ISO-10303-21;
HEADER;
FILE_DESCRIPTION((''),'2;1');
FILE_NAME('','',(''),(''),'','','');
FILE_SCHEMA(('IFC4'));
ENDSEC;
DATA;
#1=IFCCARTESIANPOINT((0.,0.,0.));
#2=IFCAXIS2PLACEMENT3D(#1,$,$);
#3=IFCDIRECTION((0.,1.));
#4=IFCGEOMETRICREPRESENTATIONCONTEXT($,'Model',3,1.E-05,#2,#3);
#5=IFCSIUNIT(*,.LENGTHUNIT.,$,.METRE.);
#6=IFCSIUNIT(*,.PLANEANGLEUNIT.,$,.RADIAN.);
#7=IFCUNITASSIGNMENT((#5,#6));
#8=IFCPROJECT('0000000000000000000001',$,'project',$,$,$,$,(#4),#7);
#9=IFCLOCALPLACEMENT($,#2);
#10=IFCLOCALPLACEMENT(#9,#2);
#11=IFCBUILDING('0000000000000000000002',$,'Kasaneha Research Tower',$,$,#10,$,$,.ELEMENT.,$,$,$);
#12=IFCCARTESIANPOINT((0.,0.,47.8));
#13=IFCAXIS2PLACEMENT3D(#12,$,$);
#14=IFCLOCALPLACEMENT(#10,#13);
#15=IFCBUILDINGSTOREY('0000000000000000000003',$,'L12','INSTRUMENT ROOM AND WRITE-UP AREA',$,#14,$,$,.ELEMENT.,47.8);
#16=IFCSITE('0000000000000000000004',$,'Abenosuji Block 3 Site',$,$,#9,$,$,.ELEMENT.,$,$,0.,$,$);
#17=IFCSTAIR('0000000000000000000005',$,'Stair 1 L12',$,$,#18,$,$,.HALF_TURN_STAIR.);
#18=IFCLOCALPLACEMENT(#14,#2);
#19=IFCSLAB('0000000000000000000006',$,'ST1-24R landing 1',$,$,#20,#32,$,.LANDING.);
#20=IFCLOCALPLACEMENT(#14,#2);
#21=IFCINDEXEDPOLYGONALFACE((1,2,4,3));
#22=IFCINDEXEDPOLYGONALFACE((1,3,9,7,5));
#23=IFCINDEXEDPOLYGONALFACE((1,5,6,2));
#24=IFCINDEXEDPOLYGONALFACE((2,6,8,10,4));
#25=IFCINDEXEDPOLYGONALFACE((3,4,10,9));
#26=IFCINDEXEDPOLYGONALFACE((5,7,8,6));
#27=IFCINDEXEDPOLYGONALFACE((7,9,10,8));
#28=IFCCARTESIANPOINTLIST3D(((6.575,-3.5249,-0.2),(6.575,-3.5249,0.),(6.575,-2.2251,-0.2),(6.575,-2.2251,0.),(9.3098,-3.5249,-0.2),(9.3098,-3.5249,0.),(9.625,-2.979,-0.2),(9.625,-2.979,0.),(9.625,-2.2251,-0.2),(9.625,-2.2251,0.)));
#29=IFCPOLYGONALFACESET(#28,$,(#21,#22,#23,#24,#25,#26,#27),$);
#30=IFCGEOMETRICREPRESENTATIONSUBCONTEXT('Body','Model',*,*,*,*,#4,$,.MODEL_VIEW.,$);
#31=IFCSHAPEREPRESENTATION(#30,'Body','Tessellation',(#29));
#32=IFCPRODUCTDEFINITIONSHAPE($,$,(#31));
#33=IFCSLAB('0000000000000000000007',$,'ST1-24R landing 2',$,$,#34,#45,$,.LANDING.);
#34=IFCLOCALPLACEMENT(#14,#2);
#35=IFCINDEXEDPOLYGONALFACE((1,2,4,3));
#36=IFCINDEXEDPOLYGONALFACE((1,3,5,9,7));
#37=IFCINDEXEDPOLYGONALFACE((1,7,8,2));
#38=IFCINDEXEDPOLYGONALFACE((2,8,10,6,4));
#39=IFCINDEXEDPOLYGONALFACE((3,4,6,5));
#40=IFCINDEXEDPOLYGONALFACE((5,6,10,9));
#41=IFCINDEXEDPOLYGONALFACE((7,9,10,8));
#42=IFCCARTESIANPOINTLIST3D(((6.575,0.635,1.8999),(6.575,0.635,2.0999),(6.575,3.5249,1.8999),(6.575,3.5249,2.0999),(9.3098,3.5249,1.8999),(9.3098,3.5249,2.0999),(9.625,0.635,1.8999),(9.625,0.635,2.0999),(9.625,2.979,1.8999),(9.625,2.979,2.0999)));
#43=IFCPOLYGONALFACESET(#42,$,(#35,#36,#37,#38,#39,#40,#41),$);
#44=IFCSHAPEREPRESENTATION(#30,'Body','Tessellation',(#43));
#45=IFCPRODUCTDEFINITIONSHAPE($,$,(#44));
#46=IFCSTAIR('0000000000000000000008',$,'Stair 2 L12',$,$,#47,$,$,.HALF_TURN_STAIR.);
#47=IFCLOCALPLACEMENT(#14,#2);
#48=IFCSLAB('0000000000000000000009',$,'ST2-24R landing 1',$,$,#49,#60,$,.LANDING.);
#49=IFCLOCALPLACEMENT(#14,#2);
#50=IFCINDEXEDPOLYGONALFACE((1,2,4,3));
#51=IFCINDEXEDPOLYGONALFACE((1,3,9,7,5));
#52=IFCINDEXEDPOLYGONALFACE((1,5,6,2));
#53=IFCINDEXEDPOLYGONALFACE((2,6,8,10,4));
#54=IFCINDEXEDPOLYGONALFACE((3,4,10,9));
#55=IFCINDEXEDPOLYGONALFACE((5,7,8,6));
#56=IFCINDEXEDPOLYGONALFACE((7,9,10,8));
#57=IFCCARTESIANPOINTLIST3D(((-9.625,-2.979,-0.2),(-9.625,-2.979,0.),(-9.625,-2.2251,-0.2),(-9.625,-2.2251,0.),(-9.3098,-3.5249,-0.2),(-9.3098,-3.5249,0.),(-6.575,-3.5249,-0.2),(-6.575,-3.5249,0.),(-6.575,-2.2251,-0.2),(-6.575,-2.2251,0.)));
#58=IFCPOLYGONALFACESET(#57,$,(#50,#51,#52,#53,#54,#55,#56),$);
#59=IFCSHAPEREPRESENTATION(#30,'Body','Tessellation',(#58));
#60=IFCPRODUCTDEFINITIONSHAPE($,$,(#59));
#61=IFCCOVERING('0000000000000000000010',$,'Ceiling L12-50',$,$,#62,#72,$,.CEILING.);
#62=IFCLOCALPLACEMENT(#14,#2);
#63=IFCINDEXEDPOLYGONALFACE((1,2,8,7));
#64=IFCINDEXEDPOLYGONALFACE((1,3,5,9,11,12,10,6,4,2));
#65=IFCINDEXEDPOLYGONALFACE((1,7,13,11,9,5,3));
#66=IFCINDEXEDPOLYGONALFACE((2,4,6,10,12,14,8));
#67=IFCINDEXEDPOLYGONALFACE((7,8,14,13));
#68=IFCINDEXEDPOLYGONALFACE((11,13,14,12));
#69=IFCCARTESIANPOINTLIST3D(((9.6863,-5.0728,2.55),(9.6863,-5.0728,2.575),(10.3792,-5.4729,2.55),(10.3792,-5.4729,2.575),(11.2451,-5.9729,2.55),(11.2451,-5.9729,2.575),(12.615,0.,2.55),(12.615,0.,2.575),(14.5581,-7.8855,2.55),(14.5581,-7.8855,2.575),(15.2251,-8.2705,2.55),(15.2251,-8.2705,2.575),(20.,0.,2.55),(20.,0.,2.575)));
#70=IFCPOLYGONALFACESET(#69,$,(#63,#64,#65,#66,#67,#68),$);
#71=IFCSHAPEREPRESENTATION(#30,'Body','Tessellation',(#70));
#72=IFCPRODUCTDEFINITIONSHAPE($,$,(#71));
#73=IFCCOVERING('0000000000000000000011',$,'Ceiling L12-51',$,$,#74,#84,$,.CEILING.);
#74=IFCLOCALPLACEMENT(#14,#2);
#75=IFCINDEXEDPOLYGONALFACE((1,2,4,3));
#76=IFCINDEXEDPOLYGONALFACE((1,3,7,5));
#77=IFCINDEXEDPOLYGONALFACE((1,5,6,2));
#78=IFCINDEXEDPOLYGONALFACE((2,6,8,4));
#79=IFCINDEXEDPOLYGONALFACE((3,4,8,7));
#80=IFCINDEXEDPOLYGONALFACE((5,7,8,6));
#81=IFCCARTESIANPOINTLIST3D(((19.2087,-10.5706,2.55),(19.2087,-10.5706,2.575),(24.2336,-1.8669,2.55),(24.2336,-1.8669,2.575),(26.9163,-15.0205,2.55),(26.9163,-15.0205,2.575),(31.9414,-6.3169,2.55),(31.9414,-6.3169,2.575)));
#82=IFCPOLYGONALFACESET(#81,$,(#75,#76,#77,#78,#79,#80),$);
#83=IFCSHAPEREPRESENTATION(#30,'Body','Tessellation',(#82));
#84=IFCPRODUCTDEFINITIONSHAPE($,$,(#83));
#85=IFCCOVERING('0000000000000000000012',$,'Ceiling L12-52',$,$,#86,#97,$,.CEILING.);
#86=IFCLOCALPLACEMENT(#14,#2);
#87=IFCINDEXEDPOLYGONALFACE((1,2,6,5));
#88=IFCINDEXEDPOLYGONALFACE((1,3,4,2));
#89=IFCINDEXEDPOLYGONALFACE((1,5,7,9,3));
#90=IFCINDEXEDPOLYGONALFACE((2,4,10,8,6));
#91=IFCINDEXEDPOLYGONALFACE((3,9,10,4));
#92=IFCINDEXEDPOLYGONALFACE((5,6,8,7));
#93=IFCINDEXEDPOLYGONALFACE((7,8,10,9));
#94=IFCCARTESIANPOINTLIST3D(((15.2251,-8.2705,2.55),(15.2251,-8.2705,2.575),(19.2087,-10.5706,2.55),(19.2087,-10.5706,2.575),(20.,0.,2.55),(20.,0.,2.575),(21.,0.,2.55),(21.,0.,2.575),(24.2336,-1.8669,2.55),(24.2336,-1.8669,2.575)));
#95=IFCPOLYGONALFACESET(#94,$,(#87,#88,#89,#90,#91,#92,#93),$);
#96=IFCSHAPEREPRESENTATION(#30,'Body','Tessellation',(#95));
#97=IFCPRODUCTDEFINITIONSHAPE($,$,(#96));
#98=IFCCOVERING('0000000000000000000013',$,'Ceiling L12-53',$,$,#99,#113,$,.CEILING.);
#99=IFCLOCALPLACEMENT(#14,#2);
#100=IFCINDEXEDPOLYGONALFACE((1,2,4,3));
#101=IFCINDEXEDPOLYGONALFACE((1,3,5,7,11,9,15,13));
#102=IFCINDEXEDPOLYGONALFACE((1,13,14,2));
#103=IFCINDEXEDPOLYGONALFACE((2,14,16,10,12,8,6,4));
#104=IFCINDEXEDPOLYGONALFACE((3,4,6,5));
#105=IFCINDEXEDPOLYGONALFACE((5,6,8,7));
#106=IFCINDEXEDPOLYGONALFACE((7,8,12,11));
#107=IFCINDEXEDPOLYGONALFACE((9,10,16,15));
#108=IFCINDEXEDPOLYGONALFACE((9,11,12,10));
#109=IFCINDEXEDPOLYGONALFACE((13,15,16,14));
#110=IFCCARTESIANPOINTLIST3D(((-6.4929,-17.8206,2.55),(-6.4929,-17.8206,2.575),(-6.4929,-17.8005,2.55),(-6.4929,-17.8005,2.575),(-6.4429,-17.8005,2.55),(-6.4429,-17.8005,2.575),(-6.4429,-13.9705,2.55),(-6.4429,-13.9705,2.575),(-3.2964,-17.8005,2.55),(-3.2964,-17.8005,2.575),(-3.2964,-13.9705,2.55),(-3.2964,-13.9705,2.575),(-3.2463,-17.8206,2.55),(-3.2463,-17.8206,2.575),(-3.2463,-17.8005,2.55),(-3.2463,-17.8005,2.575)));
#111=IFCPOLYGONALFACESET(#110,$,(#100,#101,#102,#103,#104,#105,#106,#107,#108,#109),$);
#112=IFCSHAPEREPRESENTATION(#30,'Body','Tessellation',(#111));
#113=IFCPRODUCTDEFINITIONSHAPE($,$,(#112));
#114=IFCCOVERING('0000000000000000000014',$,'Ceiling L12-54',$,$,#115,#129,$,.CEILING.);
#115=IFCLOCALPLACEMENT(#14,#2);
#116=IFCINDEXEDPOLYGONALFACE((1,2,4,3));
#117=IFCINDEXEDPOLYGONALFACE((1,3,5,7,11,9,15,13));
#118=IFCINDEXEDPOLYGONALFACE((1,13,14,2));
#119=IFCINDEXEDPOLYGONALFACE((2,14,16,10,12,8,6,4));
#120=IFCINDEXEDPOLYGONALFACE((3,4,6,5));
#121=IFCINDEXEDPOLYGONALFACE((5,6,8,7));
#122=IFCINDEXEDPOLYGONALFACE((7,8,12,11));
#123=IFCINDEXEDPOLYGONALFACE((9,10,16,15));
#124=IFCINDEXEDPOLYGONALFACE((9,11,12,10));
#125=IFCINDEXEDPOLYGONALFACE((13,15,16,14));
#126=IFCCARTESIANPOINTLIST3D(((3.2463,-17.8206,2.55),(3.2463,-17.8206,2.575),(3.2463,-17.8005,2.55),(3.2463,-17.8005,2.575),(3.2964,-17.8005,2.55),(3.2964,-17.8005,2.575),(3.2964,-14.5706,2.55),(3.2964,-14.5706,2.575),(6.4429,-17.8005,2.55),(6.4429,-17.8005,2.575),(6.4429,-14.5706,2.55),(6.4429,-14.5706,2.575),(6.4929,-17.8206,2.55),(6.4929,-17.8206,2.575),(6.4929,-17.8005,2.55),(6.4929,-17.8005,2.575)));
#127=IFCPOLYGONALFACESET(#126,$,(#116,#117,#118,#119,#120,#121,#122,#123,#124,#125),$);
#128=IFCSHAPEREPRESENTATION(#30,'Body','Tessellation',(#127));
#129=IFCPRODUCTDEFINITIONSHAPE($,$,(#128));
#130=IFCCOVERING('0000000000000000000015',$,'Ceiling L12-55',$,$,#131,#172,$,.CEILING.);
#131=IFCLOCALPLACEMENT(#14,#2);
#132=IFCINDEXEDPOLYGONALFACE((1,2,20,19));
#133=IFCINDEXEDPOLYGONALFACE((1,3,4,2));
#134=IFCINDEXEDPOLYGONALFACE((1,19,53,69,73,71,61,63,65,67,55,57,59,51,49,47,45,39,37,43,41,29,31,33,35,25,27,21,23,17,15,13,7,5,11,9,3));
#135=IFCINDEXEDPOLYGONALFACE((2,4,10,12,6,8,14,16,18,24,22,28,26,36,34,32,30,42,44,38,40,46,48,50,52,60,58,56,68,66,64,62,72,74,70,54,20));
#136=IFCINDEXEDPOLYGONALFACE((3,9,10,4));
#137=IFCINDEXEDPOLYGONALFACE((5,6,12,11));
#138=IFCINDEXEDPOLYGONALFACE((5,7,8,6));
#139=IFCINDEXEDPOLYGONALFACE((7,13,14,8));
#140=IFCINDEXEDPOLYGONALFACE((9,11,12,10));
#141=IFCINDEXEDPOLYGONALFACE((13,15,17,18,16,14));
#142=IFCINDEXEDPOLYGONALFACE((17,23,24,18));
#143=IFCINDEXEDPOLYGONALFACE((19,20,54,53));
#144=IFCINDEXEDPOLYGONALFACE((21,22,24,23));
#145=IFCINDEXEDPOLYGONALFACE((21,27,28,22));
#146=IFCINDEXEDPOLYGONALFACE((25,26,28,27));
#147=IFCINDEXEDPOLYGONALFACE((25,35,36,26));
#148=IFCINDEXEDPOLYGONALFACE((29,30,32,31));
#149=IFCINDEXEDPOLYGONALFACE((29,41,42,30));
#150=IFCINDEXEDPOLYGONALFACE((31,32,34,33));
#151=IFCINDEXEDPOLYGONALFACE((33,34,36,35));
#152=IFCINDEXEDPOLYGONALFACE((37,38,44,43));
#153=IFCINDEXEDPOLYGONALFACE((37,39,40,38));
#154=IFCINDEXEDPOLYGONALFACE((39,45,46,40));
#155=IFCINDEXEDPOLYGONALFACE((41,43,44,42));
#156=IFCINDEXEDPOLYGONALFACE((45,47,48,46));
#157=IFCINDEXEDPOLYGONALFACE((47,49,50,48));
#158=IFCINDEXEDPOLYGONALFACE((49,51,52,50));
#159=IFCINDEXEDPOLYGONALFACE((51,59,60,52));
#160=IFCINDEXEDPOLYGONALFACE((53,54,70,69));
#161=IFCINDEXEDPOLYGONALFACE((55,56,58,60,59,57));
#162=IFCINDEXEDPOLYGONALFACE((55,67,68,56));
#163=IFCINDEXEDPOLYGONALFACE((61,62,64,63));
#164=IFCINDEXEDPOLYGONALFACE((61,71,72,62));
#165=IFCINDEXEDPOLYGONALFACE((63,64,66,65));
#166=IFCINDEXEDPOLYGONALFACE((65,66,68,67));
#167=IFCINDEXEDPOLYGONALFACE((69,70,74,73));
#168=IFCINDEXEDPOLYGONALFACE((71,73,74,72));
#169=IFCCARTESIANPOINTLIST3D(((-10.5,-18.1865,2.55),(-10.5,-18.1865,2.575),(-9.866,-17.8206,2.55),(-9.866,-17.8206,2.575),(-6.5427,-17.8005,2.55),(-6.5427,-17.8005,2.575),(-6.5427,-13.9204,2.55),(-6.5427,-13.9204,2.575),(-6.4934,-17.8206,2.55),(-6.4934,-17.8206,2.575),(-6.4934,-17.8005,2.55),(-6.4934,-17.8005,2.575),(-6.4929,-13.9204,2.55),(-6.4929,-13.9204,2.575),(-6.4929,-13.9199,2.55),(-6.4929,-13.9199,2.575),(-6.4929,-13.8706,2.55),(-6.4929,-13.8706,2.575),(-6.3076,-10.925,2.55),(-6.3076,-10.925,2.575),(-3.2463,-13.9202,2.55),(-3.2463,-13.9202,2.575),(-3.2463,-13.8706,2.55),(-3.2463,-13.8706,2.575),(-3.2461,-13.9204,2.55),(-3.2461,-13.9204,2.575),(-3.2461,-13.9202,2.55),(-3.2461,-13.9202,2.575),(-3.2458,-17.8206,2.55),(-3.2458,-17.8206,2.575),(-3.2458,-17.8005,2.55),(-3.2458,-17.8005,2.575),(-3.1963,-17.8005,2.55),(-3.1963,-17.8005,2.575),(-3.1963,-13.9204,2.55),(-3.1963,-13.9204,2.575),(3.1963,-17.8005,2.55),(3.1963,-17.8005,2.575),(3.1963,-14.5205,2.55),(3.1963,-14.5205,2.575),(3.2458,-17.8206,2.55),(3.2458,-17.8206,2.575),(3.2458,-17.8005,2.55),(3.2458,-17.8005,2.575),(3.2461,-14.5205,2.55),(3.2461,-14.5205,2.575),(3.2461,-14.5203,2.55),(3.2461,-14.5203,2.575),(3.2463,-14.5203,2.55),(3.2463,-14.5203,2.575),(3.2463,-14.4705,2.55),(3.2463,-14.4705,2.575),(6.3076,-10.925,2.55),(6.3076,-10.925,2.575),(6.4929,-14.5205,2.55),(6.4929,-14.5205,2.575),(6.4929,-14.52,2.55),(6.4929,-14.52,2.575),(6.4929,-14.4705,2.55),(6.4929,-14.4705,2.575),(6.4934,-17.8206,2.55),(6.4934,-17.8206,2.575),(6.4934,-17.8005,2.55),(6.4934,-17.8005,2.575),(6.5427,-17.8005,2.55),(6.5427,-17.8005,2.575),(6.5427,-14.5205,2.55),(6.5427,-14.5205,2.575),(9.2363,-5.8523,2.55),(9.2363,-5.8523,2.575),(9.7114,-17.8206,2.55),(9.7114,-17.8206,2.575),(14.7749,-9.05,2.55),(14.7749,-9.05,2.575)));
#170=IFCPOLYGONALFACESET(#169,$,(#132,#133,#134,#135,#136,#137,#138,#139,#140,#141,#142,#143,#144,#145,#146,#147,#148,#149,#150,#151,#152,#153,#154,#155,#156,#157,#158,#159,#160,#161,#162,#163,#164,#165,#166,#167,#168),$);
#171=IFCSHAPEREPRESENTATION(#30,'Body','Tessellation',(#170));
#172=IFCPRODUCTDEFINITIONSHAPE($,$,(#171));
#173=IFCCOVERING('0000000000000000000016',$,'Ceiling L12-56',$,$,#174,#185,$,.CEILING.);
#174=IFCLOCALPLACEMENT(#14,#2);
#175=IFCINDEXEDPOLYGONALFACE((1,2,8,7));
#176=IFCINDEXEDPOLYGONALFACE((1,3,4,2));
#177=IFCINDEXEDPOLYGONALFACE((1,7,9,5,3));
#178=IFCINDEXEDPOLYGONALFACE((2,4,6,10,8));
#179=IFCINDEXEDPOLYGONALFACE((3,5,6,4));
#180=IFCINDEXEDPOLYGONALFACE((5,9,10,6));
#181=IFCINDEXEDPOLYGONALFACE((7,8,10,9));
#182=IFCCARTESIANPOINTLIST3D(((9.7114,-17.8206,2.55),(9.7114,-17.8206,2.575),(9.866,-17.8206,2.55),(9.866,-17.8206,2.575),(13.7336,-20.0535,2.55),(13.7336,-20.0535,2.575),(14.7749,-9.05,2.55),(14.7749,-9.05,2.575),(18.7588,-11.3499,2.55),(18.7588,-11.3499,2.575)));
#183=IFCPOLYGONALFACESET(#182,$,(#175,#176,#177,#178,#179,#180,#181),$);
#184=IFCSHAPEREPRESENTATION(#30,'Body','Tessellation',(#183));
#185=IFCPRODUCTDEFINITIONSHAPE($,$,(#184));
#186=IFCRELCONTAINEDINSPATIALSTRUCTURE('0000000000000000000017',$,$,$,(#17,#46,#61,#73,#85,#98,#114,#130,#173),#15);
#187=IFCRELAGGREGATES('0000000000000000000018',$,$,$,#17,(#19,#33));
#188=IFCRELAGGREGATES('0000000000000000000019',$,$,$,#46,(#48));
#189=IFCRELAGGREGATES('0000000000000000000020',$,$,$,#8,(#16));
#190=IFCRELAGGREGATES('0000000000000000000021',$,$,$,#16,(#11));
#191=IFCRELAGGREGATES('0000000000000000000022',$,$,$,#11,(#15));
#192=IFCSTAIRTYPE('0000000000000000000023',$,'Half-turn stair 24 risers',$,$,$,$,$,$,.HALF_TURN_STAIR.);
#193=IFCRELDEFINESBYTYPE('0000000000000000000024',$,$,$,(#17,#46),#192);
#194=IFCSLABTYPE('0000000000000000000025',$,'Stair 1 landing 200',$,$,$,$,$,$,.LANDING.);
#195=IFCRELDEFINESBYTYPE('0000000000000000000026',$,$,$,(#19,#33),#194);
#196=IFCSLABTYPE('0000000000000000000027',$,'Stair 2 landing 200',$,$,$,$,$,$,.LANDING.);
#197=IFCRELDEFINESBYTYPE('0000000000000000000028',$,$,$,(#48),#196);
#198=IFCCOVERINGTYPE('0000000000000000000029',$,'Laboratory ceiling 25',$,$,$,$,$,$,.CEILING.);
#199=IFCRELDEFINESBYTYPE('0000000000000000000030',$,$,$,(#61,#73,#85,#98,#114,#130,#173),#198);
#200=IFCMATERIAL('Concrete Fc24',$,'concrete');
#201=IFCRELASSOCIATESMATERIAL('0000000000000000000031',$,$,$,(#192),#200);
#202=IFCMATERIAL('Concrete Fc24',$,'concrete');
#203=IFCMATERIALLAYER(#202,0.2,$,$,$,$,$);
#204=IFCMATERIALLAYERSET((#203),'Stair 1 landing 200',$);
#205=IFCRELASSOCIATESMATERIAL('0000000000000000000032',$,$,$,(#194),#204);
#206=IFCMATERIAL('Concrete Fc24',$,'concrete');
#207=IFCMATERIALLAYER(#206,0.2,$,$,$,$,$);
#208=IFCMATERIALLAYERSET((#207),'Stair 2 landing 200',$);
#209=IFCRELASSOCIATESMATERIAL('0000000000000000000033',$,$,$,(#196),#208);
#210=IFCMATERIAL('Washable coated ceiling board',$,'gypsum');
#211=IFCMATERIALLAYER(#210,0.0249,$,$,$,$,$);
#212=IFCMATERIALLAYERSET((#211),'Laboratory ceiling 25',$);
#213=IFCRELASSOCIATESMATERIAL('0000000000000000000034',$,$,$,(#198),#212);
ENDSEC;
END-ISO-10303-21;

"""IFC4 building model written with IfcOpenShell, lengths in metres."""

from ifc_helpers import new_model, si_unit, direction, frame, origin, place, context, subcontext, project, spatial, polyline, outline, extrude, material, layer, layer_set, type_object, element, aggregate, save


model = new_model("IFC4")

# Units and contexts
model_context = context("Model", 3, precision=1e-05, world=origin(), true_north=direction((0.0, 1.0)))
body_context = subcontext(model_context, "Body", "Model", "MODEL_VIEW")
ifc_project = project(units=[si_unit("LENGTHUNIT", "METRE"), si_unit("PLANEANGLEUNIT", "RADIAN")], contexts=[model_context])

# Site, building, storey
site_placement = place(None, origin())
site = spatial("IfcSite", under=ifc_project, at=site_placement, Name="Abenosuji Block 3 Site", CompositionType="ELEMENT", RefElevation=0.0)
building_placement = place(site_placement, origin())
building = spatial("IfcBuilding", under=site, at=building_placement, Name="Kasaneha Research Tower", CompositionType="ELEMENT")
storey_placement = place(building_placement, frame((0.0, 0.0, 47.8)))
storey = spatial("IfcBuildingStorey", under=building, at=storey_placement, Name="L12", Description="INSTRUMENT ROOM AND WRITE-UP AREA", CompositionType="ELEMENT", Elevation=47.8)

# Stair, slabs
ifc_material_1 = material(Name="Concrete Fc24", Category="concrete")
stair_type = type_object("IfcStairType", Name="Half-turn stair 24 risers", PredefinedType="HALF_TURN_STAIR", material=ifc_material_1)
stair_1_placement = place(storey_placement, origin())
stair_1 = element("IfcStair", 1, at=stair_1_placement, inside=storey, type_object=stair_type, Name="Stair 1 L12", PredefinedType="HALF_TURN_STAIR")
ifc_material_2 = material(Name="Concrete Fc24", Category="concrete")
ifc_layer_1 = layer(ifc_material_2, 0.2)
ifc_layer_set_1 = layer_set([ifc_layer_1], Name="Stair 1 landing 200")
slab_type_1 = type_object("IfcSlabType", Name="Stair 1 landing 200", PredefinedType="LANDING", material=ifc_layer_set_1)
slab_1_placement = place(storey_placement, frame((0.0, 0.0, -0.2)))
slab_1 = element("IfcSlab", 2, at=slab_1_placement, type_object=slab_type_1, Name="ST1-24R landing 1", PredefinedType="LANDING", context=body_context, shape_type="SweptSolid", body=[
    extrude(outline(polyline([(9.3098, -3.5249), (6.575, -3.5249), (6.575, -2.2251), (9.625, -2.2251), (9.625, -2.979), (9.3098, -3.5249)])), origin(), (0.0, 0.0, 1.0), 0.2),
])
slab_2_placement = place(storey_placement, frame((0.0, 0.0, 1.8999)))
slab_2 = element("IfcSlab", 3, at=slab_2_placement, type_object=slab_type_1, Name="ST1-24R landing 2", PredefinedType="LANDING", context=body_context, shape_type="SweptSolid", body=[
    extrude(outline(polyline([(6.575, 3.5249), (9.3098, 3.5249), (9.625, 2.979), (9.625, 0.635), (6.575, 0.635), (6.575, 3.5249)])), origin(), (0.0, 0.0, 1.0), 0.2),
])
aggregate(stair_1, [slab_1, slab_2])

# Stair, slab
stair_2_placement = place(storey_placement, origin())
stair_2 = element("IfcStair", 4, at=stair_2_placement, inside=storey, type_object=stair_type, Name="Stair 2 L12", PredefinedType="HALF_TURN_STAIR")
ifc_material_3 = material(Name="Concrete Fc24", Category="concrete")
ifc_layer_2 = layer(ifc_material_3, 0.2)
ifc_layer_set_2 = layer_set([ifc_layer_2], Name="Stair 2 landing 200")
slab_type_2 = type_object("IfcSlabType", Name="Stair 2 landing 200", PredefinedType="LANDING", material=ifc_layer_set_2)
slab_3_placement = place(storey_placement, frame((0.0, 0.0, -0.2)))
slab_3 = element("IfcSlab", 5, at=slab_3_placement, type_object=slab_type_2, Name="ST2-24R landing 1", PredefinedType="LANDING", context=body_context, shape_type="SweptSolid", body=[
    extrude(outline(polyline([(-6.575, -3.5249), (-9.3098, -3.5249), (-9.625, -2.979), (-9.625, -2.2251), (-6.575, -2.2251), (-6.575, -3.5249)])), origin(), (0.0, 0.0, 1.0), 0.2),
])
aggregate(stair_2, [slab_3])

# Coverings
ifc_material_4 = material(Name="Washable coated ceiling board", Category="gypsum")
ifc_layer_3 = layer(ifc_material_4, 0.0249)
ifc_layer_set_3 = layer_set([ifc_layer_3], Name="Laboratory ceiling 25")
covering_type_1 = type_object("IfcCoveringType", Name="Laboratory ceiling 25", PredefinedType="CEILING", material=ifc_layer_set_3)
covering_1_placement = place(storey_placement, frame((0.0, 0.0, 2.55)))
element("IfcCovering", 6, at=covering_1_placement, inside=storey, type_object=covering_type_1, Name="Ceiling L12-50", PredefinedType="CEILING", context=body_context, shape_type="SweptSolid", body=[
    extrude(outline(polyline([(11.2451, -5.9729), (10.3792, -5.4729), (9.6863, -5.0728), (12.615, 0.0), (20.0, 0.0), (15.2251, -8.2705), (14.5581, -7.8855), (11.2451, -5.9729)])), origin(), (0.0, 0.0, 1.0), 0.0249),
])
covering_2_placement = place(storey_placement, frame((0.0, 0.0, 2.55)))
element("IfcCovering", 7, at=covering_2_placement, inside=storey, type_object=covering_type_1, Name="Ceiling L12-51", PredefinedType="CEILING", context=body_context, shape_type="SweptSolid", body=[
    extrude(outline(polyline([(24.2336, -1.8669), (31.9414, -6.3169), (26.9163, -15.0205), (19.2087, -10.5706), (24.2336, -1.8669)])), origin(), (0.0, 0.0, 1.0), 0.0249),
])
covering_3_placement = place(storey_placement, frame((0.0, 0.0, 2.55)))
element("IfcCovering", 8, at=covering_3_placement, inside=storey, type_object=covering_type_1, Name="Ceiling L12-52", PredefinedType="CEILING", context=body_context, shape_type="SweptSolid", body=[
    extrude(outline(polyline([(20.0, 0.0), (21.0, 0.0), (24.2336, -1.8669), (19.2087, -10.5706), (15.2251, -8.2705), (20.0, 0.0)])), origin(), (0.0, 0.0, 1.0), 0.0249),
])
covering_4_placement = place(storey_placement, frame((0.0, 0.0, 2.55)))
element("IfcCovering", 9, at=covering_4_placement, inside=storey, type_object=covering_type_1, Name="Ceiling L12-53", PredefinedType="CEILING", context=body_context, shape_type="SweptSolid", body=[
    extrude(outline(polyline([(-6.4929, -17.8206), (-6.4929, -17.8005), (-6.4429, -17.8005), (-6.4429, -13.9705), (-3.2964, -13.9705), (-3.2964, -17.8005), (-3.2463, -17.8005), (-3.2463, -17.8206), (-6.4929, -17.8206)])), origin(), (0.0, 0.0, 1.0), 0.0249),
])
covering_5_placement = place(storey_placement, frame((0.0, 0.0, 2.55)))
element("IfcCovering", 10, at=covering_5_placement, inside=storey, type_object=covering_type_1, Name="Ceiling L12-54", PredefinedType="CEILING", context=body_context, shape_type="SweptSolid", body=[
    extrude(outline(polyline([(3.2463, -17.8206), (3.2463, -17.8005), (3.2964, -17.8005), (3.2964, -14.5706), (6.4429, -14.5706), (6.4429, -17.8005), (6.4929, -17.8005), (6.4929, -17.8206), (3.2463, -17.8206)])), origin(), (0.0, 0.0, 1.0), 0.0249),
])
covering_6_placement = place(storey_placement, frame((0.0, 0.0, 2.55)))
element("IfcCovering", 11, at=covering_6_placement, inside=storey, type_object=covering_type_1, Name="Ceiling L12-55", PredefinedType="CEILING", context=body_context, shape_type="SweptSolid", body=[
    extrude(outline(polyline([(6.4929, -14.52), (6.4929, -14.4705), (3.2463, -14.4705), (3.2463, -14.5203), (3.2461, -14.5203), (3.2461, -14.5205), (3.1963, -14.5205), (3.1963, -17.8005), (3.2458, -17.8005), (3.2458, -17.8206), (-3.2458, -17.8206), (-3.2458, -17.8005), (-3.1963, -17.8005), (-3.1963, -13.9204), (-3.2461, -13.9204), (-3.2461, -13.9202), (-3.2463, -13.9202), (-3.2463, -13.8706), (-6.4929, -13.8706), (-6.4929, -13.9199), (-6.4929, -13.9199), (-6.4929, -13.9204), (-6.5427, -13.9204), (-6.5427, -17.8005), (-6.4934, -17.8005), (-6.4934, -17.8206), (-9.866, -17.8206), (-10.5, -18.1865), (-6.3076, -10.925), (6.3076, -10.925), (9.2363, -5.8523), (14.7749, -9.05), (9.7114, -17.8206), (6.4934, -17.8206), (6.4934, -17.8005), (6.5427, -17.8005), (6.5427, -14.5205), (6.4929, -14.5205), (6.4929, -14.52), (6.4929, -14.52)])), origin(), (0.0, 0.0, 1.0), 0.0249),
])
covering_7_placement = place(storey_placement, frame((0.0, 0.0, 2.55)))
element("IfcCovering", 12, at=covering_7_placement, inside=storey, type_object=covering_type_1, Name="Ceiling L12-56", PredefinedType="CEILING", context=body_context, shape_type="SweptSolid", body=[
    extrude(outline(polyline([(14.7749, -9.05), (18.7588, -11.3499), (13.7336, -20.0535), (9.866, -17.8206), (9.7114, -17.8206), (14.7749, -9.05)])), origin(), (0.0, 0.0, 1.0), 0.0249),
])

save(model, "model.ifc")
